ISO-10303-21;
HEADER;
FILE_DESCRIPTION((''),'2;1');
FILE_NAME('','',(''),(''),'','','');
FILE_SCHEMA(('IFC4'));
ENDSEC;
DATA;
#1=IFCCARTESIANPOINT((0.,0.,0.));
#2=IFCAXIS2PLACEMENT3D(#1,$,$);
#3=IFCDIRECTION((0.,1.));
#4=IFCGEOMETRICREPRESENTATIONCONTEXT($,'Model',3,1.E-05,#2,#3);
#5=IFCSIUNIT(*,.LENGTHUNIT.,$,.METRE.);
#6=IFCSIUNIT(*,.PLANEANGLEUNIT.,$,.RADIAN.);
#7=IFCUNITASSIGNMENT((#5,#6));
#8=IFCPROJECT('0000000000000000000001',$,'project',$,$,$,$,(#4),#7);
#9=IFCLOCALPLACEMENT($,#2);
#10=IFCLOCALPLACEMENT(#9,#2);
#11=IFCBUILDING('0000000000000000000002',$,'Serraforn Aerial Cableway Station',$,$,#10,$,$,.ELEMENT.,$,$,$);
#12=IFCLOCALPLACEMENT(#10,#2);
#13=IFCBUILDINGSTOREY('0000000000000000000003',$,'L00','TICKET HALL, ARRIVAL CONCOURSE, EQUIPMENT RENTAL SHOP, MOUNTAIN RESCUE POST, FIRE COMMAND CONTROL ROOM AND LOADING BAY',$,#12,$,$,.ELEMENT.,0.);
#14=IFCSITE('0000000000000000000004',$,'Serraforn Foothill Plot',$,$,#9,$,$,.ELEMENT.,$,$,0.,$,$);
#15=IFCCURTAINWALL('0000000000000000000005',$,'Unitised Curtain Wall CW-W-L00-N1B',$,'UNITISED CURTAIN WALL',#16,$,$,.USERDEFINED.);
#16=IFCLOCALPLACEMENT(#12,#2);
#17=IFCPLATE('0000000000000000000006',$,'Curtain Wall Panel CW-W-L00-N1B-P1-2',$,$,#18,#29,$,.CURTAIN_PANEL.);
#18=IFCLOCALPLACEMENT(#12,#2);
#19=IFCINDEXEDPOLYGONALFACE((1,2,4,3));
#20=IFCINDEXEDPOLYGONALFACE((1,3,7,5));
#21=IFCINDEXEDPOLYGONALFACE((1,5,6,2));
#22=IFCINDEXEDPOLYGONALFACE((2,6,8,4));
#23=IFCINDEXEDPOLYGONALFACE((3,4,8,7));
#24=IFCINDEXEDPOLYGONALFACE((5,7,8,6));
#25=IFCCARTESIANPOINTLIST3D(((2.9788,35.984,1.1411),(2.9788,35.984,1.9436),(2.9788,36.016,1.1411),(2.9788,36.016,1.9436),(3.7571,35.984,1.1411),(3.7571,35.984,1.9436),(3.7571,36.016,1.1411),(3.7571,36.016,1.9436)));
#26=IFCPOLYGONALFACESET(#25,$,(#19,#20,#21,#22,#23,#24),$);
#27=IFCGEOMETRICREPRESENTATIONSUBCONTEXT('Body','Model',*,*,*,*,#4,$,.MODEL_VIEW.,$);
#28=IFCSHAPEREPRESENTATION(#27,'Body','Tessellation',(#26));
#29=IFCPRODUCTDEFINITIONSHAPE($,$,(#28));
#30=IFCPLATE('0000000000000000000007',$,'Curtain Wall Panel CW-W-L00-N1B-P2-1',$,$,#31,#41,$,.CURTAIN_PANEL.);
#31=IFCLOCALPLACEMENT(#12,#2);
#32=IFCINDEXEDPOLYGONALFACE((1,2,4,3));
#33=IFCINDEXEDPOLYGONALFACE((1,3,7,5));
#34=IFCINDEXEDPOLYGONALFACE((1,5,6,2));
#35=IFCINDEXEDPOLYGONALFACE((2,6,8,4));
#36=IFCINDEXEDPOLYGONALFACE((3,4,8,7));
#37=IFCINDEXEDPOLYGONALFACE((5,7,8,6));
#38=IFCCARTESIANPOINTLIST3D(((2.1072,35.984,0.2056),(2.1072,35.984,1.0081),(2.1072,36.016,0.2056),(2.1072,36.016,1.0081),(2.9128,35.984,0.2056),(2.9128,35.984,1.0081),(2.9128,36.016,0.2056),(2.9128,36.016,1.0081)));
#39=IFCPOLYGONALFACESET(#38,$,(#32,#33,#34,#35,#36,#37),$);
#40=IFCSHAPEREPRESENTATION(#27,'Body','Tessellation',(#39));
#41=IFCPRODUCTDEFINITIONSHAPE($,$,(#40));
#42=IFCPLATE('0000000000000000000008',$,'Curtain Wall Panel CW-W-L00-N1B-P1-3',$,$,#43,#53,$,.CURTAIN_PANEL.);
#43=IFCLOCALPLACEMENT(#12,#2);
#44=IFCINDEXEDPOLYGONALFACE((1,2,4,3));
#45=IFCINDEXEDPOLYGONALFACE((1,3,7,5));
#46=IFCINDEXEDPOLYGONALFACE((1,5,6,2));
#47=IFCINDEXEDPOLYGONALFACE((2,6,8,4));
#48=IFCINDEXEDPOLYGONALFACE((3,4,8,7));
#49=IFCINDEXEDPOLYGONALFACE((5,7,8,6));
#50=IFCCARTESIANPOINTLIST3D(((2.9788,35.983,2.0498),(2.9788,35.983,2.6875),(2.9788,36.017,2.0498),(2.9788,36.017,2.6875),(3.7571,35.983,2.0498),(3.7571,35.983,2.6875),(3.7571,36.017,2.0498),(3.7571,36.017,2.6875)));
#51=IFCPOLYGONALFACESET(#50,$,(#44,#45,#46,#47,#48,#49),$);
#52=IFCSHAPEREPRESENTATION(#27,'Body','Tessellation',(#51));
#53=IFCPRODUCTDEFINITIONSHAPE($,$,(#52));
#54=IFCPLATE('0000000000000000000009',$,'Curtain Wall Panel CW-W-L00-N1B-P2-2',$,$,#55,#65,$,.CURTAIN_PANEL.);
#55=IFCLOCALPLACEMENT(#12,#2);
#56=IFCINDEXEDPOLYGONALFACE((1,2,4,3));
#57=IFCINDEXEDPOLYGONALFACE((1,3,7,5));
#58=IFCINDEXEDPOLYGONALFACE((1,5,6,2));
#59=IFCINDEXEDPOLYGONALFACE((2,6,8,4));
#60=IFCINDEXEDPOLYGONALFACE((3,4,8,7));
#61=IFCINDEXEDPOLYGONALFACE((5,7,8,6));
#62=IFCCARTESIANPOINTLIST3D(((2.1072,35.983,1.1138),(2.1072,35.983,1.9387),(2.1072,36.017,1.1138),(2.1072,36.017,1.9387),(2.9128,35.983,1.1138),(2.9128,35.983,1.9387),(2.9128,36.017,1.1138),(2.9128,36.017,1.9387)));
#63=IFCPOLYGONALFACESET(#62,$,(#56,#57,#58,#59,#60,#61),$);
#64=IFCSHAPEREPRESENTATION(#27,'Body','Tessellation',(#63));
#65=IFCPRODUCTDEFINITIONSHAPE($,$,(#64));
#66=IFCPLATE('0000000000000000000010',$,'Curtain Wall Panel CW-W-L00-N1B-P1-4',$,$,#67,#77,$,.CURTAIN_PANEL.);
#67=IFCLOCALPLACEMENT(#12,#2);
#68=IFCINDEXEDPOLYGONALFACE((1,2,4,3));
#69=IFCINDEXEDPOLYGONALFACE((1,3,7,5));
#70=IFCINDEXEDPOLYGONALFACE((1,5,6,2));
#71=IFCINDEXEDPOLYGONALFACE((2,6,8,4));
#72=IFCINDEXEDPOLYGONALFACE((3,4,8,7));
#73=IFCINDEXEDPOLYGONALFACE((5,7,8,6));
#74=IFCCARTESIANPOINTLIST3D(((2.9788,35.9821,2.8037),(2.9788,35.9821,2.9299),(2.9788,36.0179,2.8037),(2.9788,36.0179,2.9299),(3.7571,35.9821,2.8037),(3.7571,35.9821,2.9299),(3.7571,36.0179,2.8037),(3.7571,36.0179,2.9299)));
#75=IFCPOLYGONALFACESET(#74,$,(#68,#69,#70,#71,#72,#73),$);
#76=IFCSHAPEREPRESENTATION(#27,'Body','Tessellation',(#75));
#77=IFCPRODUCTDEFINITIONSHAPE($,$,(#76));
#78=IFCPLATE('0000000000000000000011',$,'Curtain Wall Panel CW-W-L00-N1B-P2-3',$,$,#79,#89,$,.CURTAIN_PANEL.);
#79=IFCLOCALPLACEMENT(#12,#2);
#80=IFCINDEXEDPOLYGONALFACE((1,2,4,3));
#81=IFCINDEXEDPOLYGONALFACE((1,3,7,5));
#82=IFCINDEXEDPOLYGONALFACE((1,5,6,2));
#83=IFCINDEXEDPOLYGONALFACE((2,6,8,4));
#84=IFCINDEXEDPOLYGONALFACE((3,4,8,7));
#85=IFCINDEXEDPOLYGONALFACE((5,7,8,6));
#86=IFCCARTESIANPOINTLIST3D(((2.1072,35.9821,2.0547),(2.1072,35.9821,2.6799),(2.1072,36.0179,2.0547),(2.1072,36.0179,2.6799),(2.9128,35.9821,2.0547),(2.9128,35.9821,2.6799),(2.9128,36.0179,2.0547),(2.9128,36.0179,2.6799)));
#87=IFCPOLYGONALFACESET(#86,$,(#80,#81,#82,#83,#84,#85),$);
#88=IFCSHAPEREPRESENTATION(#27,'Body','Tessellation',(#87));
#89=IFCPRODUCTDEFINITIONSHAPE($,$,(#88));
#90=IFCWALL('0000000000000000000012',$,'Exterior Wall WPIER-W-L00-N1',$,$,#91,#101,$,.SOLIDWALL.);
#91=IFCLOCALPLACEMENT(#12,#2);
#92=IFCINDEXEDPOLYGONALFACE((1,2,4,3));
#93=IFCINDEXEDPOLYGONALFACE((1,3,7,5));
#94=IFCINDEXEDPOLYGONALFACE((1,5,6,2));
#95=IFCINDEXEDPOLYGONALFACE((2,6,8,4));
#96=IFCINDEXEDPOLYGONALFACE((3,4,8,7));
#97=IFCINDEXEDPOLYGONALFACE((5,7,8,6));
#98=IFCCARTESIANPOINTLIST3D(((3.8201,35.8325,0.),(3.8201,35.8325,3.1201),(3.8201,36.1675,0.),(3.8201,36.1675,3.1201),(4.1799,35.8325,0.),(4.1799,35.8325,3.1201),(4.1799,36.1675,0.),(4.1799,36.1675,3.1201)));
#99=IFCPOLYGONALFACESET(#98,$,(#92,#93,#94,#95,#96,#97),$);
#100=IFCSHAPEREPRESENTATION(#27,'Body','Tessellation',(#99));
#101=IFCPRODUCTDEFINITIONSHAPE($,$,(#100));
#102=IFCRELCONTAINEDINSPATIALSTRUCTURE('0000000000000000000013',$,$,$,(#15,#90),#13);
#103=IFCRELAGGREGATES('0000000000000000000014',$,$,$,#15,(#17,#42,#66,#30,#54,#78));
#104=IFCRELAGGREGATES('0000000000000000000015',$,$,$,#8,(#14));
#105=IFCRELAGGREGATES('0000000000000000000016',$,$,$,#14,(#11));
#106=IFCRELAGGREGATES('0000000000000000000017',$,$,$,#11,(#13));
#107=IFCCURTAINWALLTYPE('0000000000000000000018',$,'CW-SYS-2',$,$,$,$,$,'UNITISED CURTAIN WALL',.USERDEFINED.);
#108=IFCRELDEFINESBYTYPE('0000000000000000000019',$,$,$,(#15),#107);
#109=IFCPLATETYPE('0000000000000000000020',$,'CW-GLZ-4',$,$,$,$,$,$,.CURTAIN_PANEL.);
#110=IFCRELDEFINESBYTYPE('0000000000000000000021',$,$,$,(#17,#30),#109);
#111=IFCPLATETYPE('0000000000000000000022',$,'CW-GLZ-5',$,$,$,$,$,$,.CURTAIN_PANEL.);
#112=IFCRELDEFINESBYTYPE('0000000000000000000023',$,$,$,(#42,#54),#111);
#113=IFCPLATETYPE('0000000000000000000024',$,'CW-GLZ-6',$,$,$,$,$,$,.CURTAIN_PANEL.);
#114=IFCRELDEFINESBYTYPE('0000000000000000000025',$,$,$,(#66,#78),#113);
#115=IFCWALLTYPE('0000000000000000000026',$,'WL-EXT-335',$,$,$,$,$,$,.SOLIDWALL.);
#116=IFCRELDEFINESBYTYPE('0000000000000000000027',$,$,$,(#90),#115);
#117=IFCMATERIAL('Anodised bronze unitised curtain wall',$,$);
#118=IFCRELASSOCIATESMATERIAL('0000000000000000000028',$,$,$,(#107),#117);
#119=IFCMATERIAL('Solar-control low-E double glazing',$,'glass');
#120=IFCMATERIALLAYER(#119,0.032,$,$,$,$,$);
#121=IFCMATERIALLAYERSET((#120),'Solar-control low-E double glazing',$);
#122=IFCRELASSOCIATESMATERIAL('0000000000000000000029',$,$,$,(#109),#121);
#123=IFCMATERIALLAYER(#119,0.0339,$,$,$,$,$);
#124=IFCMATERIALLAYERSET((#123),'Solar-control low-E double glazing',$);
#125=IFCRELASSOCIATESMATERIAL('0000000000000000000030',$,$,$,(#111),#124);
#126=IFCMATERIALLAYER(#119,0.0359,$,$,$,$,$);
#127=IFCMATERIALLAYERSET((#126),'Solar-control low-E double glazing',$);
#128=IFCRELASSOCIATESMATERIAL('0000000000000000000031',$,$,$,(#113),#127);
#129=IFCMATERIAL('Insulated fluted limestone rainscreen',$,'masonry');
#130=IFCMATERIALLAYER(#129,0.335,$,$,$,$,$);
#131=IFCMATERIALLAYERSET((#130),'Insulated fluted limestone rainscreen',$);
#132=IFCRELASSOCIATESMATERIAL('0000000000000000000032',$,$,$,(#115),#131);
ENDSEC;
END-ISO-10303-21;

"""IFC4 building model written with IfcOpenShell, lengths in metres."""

from ifc_helpers import new_model, si_unit, direction, frame, frame_2d, origin, origin_2d, place, context, subcontext, project, spatial, rectangle, extrude, material, layer, layer_set, type_object, element, aggregate, save


model = new_model("IFC4")

# Units and contexts
model_context = context("Model", 3, precision=1e-05, world=origin(), true_north=direction((0.0, 1.0)))
body_context = subcontext(model_context, "Body", "Model", "MODEL_VIEW")
ifc_project = project(units=[si_unit("LENGTHUNIT", "METRE"), si_unit("PLANEANGLEUNIT", "RADIAN")], contexts=[model_context])

# Site, building, storey
site_placement = place(None, origin())
site = spatial("IfcSite", under=ifc_project, at=site_placement, Name="Serraforn Foothill Plot", CompositionType="ELEMENT", RefElevation=0.0)
building_placement = place(site_placement, origin())
building = spatial("IfcBuilding", under=site, at=building_placement, Name="Serraforn Aerial Cableway Station", CompositionType="ELEMENT")
storey_placement = place(building_placement, origin())
storey = spatial("IfcBuildingStorey", under=building, at=storey_placement, Name="L00", Description="TICKET HALL, ARRIVAL CONCOURSE, EQUIPMENT RENTAL SHOP, MOUNTAIN RESCUE POST, FIRE COMMAND CONTROL ROOM AND LOADING BAY", CompositionType="ELEMENT", Elevation=0.0)

# Curtain wall, plates
ifc_material_1 = material(Name="Anodised bronze unitised curtain wall")
curtain_wall_type = type_object("IfcCurtainWallType", Name="CW-SYS-2", ElementType="UNITISED CURTAIN WALL", PredefinedType="USERDEFINED", material=ifc_material_1)
curtain_wall_placement = place(storey_placement, origin())
curtain_wall = element("IfcCurtainWall", 1, at=curtain_wall_placement, inside=storey, type_object=curtain_wall_type, Name="Unitised Curtain Wall CW-W-L00-N1B", ObjectType="UNITISED CURTAIN WALL", PredefinedType="USERDEFINED")
ifc_material_2 = material(Name="Solar-control low-E double glazing", Category="glass")
ifc_layer_1 = layer(ifc_material_2, 0.032)
ifc_layer_set_1 = layer_set([ifc_layer_1], Name="Solar-control low-E double glazing")
plate_type_1 = type_object("IfcPlateType", Name="CW-GLZ-4", PredefinedType="CURTAIN_PANEL", material=ifc_layer_set_1)
plate_1_placement = place(storey_placement, frame((3.3679, 36.0, 1.1411), z_axis=(0.0, 0.0, 1.0), x_axis=(1.0, 0.0, 0.0)))
plate_1 = element("IfcPlate", 2, at=plate_1_placement, type_object=plate_type_1, Name="Curtain Wall Panel CW-W-L00-N1B-P1-2", PredefinedType="CURTAIN_PANEL", context=body_context, shape_type="SweptSolid", body=[
    extrude(rectangle(XDim=0.7783, YDim=0.032, at=origin_2d()), origin(), (0.0, 0.0, 1.0), 0.8025),
])
plate_2_placement = place(storey_placement, frame((2.51, 36.0, 0.2056), z_axis=(0.0, 0.0, 1.0), x_axis=(1.0, 0.0, 0.0)))
plate_2 = element("IfcPlate", 3, at=plate_2_placement, type_object=plate_type_1, Name="Curtain Wall Panel CW-W-L00-N1B-P2-1", PredefinedType="CURTAIN_PANEL", context=body_context, shape_type="SweptSolid", body=[
    extrude(rectangle(XDim=0.8057, YDim=0.032, at=origin_2d()), origin(), (0.0, 0.0, 1.0), 0.8025),
])
ifc_layer_2 = layer(ifc_material_2, 0.0339)
ifc_layer_set_2 = layer_set([ifc_layer_2], Name="Solar-control low-E double glazing")
plate_type_2 = type_object("IfcPlateType", Name="CW-GLZ-5", PredefinedType="CURTAIN_PANEL", material=ifc_layer_set_2)
plate_3_placement = place(storey_placement, frame((3.3679, 36.0, 2.0498), z_axis=(0.0, 0.0, 1.0), x_axis=(1.0, 0.0, 0.0)))
plate_3 = element("IfcPlate", 4, at=plate_3_placement, type_object=plate_type_2, Name="Curtain Wall Panel CW-W-L00-N1B-P1-3", PredefinedType="CURTAIN_PANEL", context=body_context, shape_type="SweptSolid", body=[
    extrude(rectangle(XDim=0.7783, YDim=0.0339, at=origin_2d()), origin(), (0.0, 0.0, 1.0), 0.6377),
])
plate_4_placement = place(storey_placement, frame((2.51, 36.0, 1.1138), z_axis=(0.0, 0.0, 1.0), x_axis=(1.0, 0.0, 0.0)))
plate_4 = element("IfcPlate", 5, at=plate_4_placement, type_object=plate_type_2, Name="Curtain Wall Panel CW-W-L00-N1B-P2-2", PredefinedType="CURTAIN_PANEL", context=body_context, shape_type="SweptSolid", body=[
    extrude(rectangle(XDim=0.8057, YDim=0.0339, at=origin_2d()), origin(), (0.0, 0.0, 1.0), 0.825),
])
ifc_layer_3 = layer(ifc_material_2, 0.0359)
ifc_layer_set_3 = layer_set([ifc_layer_3], Name="Solar-control low-E double glazing")
plate_type_3 = type_object("IfcPlateType", Name="CW-GLZ-6", PredefinedType="CURTAIN_PANEL", material=ifc_layer_set_3)
plate_5_placement = place(storey_placement, frame((3.3679, 36.0, 2.8037), z_axis=(0.0, 0.0, 1.0), x_axis=(1.0, 0.0, 0.0)))
plate_5 = element("IfcPlate", 6, at=plate_5_placement, type_object=plate_type_3, Name="Curtain Wall Panel CW-W-L00-N1B-P1-4", PredefinedType="CURTAIN_PANEL", context=body_context, shape_type="SweptSolid", body=[
    extrude(rectangle(XDim=0.7783, YDim=0.0359, at=origin_2d()), origin(), (0.0, 0.0, 1.0), 0.1262),
])
plate_6_placement = place(storey_placement, frame((2.51, 36.0, 2.0547), z_axis=(0.0, 0.0, 1.0), x_axis=(1.0, 0.0, 0.0)))
plate_6 = element("IfcPlate", 7, at=plate_6_placement, type_object=plate_type_3, Name="Curtain Wall Panel CW-W-L00-N1B-P2-3", PredefinedType="CURTAIN_PANEL", context=body_context, shape_type="SweptSolid", body=[
    extrude(rectangle(XDim=0.8057, YDim=0.0359, at=origin_2d()), origin(), (0.0, 0.0, 1.0), 0.6252),
])
aggregate(curtain_wall, [plate_1, plate_3, plate_5, plate_2, plate_4, plate_6])

# Wall
ifc_material_3 = material(Name="Insulated fluted limestone rainscreen", Category="masonry")
ifc_layer_4 = layer(ifc_material_3, 0.335)
ifc_layer_set_4 = layer_set([ifc_layer_4], Name="Insulated fluted limestone rainscreen")
wall_type = type_object("IfcWallType", Name="WL-EXT-335", PredefinedType="SOLIDWALL", material=ifc_layer_set_4)
wall_placement = place(storey_placement, frame((4.1799, 36.0, 0.0), z_axis=(0.0, 0.0, 1.0), x_axis=(-1.0, 0.0, 0.0)))
element("IfcWall", 8, at=wall_placement, inside=storey, type_object=wall_type, Name="Exterior Wall WPIER-W-L00-N1", PredefinedType="SOLIDWALL", context=body_context, shape_type="SweptSolid", body=[
    extrude(rectangle(XDim=0.3599, YDim=0.335, at=frame_2d((0.1799, 0.0))), origin(), (0.0, 0.0, 1.0), 3.1201),
])

save(model, "model.ifc")
